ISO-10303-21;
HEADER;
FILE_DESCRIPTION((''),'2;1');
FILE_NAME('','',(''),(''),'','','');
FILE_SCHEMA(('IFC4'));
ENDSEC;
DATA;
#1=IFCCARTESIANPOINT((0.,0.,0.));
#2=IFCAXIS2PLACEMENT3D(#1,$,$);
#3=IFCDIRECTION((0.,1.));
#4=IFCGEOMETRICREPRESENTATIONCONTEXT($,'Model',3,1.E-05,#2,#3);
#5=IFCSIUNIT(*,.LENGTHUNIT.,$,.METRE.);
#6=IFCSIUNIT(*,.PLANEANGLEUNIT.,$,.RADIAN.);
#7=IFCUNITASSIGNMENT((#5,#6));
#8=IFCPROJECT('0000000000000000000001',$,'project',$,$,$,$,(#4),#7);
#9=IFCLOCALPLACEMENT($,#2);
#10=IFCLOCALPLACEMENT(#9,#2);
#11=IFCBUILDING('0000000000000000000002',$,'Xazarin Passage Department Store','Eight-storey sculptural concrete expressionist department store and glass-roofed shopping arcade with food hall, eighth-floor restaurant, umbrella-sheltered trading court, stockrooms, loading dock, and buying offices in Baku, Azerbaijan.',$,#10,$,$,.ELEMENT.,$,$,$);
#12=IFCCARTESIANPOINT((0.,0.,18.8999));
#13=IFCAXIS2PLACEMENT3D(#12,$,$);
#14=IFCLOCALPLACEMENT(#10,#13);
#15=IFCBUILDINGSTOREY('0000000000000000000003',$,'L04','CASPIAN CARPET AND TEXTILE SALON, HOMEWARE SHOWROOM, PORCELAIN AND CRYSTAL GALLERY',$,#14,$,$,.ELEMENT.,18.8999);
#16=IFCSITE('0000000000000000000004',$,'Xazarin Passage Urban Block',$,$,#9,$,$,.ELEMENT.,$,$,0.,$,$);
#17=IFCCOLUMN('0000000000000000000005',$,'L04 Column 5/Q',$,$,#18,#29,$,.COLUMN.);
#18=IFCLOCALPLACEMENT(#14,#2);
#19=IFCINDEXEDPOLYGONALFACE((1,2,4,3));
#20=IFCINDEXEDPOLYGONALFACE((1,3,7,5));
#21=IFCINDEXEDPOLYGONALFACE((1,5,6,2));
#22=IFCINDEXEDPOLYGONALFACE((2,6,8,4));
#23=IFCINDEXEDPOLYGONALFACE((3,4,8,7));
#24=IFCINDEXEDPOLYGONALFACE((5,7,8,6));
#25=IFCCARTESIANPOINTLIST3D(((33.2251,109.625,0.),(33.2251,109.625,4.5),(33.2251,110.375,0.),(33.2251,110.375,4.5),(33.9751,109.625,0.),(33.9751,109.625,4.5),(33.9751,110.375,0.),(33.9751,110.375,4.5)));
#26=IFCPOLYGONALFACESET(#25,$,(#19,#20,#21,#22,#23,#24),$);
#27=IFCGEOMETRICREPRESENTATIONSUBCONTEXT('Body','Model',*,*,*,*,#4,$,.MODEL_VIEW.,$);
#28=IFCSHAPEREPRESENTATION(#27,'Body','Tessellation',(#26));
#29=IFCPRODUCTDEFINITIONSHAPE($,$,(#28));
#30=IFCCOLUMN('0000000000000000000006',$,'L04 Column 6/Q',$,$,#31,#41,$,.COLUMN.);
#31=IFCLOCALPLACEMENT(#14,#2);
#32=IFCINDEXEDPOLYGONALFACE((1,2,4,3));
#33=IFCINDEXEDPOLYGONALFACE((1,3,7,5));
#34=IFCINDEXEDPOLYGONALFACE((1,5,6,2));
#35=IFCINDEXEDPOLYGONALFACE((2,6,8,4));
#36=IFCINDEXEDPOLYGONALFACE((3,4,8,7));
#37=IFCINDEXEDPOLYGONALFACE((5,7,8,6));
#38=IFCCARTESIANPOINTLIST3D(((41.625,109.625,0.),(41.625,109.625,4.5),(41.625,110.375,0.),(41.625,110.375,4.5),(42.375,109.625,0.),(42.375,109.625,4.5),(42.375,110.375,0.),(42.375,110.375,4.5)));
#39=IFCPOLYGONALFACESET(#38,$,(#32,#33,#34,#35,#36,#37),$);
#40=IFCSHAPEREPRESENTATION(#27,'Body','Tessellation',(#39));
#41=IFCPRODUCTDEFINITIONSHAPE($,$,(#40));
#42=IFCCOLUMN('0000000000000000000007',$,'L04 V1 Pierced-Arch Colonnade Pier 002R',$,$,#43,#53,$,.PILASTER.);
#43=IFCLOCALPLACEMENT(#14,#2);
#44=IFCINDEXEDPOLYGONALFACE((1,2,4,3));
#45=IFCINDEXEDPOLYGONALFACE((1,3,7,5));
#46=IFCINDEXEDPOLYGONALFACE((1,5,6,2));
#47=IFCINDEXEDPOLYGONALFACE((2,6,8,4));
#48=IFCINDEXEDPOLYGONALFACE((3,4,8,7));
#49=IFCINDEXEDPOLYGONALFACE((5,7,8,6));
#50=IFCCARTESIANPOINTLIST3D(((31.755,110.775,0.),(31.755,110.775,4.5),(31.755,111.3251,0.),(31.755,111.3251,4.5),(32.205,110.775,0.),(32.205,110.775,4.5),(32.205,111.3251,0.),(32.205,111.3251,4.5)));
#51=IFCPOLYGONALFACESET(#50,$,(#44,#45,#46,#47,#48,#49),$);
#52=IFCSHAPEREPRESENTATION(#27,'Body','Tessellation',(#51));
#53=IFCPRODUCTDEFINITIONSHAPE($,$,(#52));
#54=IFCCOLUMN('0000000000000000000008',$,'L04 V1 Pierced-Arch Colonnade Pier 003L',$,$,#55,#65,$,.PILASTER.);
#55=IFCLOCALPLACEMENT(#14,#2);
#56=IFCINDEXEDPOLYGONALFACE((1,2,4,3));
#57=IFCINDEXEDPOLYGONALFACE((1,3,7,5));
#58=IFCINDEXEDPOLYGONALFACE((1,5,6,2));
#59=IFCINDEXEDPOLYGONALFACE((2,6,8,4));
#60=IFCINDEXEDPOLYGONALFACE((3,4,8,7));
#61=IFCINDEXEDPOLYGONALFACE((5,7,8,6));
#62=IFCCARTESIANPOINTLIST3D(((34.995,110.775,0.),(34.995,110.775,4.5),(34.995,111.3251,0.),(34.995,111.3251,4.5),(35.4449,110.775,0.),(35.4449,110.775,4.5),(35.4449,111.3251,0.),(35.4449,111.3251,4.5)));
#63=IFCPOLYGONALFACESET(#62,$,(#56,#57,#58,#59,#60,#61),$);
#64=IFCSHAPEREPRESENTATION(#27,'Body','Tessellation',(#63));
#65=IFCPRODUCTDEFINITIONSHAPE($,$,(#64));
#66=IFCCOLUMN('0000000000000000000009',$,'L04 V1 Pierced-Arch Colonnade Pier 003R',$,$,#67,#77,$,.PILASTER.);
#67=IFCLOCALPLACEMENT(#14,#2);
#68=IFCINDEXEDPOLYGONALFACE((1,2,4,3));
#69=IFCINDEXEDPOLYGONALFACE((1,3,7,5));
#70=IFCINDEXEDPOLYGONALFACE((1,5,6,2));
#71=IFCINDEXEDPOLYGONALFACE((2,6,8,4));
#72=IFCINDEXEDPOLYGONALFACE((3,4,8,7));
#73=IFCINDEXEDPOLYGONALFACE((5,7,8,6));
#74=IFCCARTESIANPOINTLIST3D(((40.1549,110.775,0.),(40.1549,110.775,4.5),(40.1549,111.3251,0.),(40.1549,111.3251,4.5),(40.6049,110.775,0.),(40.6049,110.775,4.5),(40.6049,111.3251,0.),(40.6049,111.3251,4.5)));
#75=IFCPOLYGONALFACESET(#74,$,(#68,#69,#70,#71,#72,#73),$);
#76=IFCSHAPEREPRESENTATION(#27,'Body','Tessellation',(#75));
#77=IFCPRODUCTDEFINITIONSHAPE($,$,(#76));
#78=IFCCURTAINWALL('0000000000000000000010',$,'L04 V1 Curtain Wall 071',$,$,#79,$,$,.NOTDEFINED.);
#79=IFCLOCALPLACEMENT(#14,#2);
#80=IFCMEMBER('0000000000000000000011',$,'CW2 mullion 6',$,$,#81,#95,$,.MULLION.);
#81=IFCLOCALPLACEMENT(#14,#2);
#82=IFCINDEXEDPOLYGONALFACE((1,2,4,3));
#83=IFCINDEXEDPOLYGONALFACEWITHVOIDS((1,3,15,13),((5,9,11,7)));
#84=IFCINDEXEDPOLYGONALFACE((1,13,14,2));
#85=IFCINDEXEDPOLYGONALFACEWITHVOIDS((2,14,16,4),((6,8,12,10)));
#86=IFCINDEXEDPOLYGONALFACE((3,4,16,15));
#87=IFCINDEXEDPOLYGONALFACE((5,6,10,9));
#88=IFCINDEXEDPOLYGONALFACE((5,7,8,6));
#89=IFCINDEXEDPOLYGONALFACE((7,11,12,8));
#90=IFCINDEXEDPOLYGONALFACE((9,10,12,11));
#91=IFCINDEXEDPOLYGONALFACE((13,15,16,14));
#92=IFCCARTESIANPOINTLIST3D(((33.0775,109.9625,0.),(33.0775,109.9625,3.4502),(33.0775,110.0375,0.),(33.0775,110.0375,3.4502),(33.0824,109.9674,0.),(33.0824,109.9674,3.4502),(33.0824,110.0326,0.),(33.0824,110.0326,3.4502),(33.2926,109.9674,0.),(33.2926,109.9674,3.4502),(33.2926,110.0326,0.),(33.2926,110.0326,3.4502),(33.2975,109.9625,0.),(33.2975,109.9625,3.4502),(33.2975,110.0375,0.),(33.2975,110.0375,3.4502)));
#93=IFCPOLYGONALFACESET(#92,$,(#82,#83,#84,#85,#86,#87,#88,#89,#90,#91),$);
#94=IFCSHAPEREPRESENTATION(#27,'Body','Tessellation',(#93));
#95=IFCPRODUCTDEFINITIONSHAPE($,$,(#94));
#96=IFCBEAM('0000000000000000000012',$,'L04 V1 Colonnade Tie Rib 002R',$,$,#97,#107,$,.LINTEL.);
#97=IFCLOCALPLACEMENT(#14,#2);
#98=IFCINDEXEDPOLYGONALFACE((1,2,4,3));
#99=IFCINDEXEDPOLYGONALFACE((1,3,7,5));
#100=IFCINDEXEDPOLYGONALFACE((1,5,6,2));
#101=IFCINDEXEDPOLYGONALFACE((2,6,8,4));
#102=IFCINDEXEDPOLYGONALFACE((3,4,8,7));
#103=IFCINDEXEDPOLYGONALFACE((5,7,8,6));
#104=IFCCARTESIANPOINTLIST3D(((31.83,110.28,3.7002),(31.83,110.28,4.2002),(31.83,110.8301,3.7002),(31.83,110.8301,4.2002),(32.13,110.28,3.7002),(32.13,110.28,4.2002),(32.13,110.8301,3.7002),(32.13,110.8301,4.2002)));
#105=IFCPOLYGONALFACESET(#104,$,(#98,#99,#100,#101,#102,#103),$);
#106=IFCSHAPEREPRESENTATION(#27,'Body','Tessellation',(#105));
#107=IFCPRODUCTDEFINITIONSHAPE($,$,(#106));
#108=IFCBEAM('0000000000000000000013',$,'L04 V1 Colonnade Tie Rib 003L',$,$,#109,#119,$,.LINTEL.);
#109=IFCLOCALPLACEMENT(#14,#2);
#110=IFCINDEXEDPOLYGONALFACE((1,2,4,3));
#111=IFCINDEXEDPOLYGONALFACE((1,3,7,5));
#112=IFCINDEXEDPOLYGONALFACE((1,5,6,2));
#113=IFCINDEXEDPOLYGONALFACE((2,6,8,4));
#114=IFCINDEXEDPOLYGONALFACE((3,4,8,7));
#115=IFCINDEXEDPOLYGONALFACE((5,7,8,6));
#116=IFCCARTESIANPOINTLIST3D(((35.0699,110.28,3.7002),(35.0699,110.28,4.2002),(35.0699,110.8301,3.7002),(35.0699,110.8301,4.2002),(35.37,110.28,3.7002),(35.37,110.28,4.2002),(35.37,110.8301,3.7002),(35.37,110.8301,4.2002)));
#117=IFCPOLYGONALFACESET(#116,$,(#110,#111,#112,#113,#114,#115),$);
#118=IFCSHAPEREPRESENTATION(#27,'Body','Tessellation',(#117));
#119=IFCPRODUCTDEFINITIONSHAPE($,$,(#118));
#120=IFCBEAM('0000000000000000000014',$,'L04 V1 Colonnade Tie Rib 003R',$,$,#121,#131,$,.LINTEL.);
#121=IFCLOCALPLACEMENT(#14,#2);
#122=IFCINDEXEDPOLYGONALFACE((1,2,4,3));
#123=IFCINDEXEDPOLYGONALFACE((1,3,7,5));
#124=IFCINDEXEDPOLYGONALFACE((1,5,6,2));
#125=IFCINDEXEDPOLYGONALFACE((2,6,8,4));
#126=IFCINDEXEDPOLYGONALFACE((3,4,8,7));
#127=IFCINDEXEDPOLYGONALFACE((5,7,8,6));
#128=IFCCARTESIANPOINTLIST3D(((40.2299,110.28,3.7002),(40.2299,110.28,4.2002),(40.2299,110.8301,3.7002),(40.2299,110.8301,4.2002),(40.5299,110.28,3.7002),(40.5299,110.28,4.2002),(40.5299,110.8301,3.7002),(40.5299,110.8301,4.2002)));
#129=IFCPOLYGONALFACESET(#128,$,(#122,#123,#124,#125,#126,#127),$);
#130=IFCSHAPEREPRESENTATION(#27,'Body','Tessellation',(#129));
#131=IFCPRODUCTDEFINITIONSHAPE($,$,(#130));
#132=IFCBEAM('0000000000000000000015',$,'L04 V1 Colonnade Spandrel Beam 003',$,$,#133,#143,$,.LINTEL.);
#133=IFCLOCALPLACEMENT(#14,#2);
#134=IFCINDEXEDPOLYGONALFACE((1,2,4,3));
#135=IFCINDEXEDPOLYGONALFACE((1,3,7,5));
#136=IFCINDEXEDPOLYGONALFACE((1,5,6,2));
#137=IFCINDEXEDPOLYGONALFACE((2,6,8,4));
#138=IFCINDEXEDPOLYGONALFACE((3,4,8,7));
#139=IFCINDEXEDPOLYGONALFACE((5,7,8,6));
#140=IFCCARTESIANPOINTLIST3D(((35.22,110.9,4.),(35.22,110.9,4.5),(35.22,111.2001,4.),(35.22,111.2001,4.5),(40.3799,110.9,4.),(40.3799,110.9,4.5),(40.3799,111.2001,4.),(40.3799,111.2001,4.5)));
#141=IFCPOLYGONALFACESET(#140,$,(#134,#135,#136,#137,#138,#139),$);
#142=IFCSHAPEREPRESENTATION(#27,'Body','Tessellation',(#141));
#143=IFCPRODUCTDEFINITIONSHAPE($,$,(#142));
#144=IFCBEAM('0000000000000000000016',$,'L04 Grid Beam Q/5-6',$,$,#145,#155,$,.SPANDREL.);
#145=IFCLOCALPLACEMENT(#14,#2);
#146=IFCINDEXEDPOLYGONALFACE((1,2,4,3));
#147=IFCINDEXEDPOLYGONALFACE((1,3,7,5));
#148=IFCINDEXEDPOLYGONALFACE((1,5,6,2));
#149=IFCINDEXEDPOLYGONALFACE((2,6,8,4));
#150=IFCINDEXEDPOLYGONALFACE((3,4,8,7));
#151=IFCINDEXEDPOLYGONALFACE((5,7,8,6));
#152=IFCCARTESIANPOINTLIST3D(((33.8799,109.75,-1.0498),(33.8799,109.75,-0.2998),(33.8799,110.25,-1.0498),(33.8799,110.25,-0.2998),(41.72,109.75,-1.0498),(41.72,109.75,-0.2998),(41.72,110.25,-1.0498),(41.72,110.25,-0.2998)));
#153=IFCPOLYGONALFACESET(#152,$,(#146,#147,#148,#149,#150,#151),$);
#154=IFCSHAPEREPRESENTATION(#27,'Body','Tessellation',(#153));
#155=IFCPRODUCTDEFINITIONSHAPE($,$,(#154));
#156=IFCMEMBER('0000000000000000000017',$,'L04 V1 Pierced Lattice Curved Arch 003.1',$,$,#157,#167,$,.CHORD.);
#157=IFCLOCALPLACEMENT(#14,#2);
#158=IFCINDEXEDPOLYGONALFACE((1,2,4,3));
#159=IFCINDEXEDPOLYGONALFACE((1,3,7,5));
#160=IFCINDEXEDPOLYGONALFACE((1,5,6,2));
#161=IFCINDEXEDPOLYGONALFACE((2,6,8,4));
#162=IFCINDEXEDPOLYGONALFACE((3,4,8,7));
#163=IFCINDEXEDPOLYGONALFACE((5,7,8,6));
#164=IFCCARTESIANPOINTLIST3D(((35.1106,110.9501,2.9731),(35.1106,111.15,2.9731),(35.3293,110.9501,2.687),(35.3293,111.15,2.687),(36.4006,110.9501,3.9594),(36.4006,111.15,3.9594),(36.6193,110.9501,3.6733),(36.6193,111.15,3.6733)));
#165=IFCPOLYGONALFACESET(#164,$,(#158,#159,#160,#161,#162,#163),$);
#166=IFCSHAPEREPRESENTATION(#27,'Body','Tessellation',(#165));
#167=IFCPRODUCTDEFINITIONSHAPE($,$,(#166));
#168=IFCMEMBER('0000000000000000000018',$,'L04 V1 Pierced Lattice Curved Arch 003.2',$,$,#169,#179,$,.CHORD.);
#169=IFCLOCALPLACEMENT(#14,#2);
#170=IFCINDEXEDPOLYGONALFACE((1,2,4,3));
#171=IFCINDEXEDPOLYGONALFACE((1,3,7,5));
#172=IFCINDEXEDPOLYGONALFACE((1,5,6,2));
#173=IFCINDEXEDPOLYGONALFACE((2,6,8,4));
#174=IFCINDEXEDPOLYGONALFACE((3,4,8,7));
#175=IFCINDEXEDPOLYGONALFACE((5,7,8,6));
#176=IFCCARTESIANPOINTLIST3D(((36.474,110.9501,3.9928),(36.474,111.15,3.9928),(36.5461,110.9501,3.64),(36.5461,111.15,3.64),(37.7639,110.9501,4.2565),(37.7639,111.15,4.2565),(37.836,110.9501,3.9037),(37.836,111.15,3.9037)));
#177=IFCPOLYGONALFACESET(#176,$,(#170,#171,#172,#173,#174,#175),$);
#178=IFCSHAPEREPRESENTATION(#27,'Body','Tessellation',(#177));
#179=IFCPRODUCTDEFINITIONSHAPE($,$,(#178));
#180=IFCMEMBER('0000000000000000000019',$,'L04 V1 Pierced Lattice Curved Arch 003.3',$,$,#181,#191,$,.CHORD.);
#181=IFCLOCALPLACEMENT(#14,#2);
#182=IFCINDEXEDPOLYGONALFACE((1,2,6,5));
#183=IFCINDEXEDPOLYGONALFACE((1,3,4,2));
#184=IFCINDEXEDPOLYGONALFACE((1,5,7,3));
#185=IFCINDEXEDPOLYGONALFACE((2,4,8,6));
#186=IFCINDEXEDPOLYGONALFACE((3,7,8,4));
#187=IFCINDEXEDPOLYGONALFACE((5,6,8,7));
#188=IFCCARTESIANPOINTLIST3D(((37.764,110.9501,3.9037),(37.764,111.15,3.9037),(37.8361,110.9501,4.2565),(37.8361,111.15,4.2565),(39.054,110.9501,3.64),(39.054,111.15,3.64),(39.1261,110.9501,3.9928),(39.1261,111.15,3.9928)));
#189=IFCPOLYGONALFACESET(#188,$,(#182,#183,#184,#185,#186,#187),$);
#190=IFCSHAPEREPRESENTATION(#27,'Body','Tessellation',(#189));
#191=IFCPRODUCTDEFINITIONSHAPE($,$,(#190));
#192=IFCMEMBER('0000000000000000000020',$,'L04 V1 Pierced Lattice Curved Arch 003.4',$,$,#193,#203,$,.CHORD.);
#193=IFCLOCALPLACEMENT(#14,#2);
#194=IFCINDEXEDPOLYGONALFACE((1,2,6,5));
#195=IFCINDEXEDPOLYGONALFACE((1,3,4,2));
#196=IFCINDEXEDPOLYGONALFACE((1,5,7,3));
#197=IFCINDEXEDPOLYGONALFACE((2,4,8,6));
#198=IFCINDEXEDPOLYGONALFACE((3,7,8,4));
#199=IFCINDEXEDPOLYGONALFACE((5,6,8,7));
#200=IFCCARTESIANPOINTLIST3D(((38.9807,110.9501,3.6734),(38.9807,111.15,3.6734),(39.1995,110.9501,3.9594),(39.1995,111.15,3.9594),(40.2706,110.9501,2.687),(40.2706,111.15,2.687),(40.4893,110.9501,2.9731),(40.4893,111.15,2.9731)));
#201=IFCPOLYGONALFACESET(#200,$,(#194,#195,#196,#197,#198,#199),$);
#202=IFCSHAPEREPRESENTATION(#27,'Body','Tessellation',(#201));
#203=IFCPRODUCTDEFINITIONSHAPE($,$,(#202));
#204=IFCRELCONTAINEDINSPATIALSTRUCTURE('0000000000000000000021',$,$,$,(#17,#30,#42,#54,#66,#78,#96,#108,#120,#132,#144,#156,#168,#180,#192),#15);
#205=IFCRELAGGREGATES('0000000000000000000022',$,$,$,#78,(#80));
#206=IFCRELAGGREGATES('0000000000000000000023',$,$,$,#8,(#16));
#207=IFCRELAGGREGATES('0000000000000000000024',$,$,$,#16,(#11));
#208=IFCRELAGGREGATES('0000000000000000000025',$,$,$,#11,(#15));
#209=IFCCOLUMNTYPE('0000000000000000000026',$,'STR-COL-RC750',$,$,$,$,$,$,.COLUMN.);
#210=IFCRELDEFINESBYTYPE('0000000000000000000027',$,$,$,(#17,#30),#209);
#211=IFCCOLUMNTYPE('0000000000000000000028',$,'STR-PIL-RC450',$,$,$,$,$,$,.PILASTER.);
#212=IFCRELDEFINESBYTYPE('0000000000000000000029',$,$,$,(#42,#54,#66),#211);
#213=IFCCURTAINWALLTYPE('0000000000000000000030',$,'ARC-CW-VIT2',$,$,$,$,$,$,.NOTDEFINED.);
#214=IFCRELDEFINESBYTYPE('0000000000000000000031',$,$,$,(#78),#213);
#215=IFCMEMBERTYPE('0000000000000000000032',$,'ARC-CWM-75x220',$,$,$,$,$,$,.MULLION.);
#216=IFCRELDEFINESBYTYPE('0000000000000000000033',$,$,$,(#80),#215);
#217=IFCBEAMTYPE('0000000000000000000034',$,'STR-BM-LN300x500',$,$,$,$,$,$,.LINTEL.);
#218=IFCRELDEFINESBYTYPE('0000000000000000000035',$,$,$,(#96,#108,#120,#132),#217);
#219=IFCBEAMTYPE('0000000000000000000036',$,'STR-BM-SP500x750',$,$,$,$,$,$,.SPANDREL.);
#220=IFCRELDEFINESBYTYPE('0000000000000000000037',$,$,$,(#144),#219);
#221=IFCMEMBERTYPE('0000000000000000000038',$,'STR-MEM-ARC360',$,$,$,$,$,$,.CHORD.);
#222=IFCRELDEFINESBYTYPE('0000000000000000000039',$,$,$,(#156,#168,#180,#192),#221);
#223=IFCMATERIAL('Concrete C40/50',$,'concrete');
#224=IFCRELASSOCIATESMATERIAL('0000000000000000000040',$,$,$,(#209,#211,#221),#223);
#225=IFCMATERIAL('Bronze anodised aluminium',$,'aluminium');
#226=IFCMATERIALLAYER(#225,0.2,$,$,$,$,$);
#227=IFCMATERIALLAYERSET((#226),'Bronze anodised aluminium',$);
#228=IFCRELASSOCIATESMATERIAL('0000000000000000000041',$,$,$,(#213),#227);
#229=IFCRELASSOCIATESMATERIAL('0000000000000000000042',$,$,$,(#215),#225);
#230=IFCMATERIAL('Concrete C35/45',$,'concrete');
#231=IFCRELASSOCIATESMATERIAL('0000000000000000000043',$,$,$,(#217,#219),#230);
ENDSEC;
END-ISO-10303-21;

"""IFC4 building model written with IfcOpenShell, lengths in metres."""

from ifc_helpers import new_model, si_unit, direction, frame, origin, origin_2d, place, context, subcontext, project, spatial, rectangle, hollow_rectangle, extrude, material, layer, layer_set, material_profile, profile_set, type_object, element, aggregate, save


model = new_model("IFC4")

# Units and contexts
model_context = context("Model", 3, precision=1e-05, world=origin(), true_north=direction((0.0, 1.0)))
body_context = subcontext(model_context, "Body", "Model", "MODEL_VIEW")
ifc_project = project(units=[si_unit("LENGTHUNIT", "METRE"), si_unit("PLANEANGLEUNIT", "RADIAN")], contexts=[model_context])

# Site, building, storey
site_placement = place(None, origin())
site = spatial("IfcSite", under=ifc_project, at=site_placement, Name="Xazarin Passage Urban Block", CompositionType="ELEMENT", RefElevation=0.0)
building_placement = place(site_placement, origin())
building = spatial("IfcBuilding", under=site, at=building_placement, Name="Xazarin Passage Department Store", Description="Eight-storey sculptural concrete expressionist department store and glass-roofed shopping arcade with food hall, eighth-floor restaurant, umbrella-sheltered trading court, stockrooms, loading dock, and buying offices in Baku, Azerbaijan.", CompositionType="ELEMENT")
storey_placement = place(building_placement, frame((0.0, 0.0, 18.8999)))
storey = spatial("IfcBuildingStorey", under=building, at=storey_placement, Name="L04", Description="CASPIAN CARPET AND TEXTILE SALON, HOMEWARE SHOWROOM, PORCELAIN AND CRYSTAL GALLERY", CompositionType="ELEMENT", Elevation=18.8999)

# Columns
ifc_material_1 = material(Name="Concrete C40/50", Category="concrete")
ifc_material_profile_1 = material_profile(ifc_material_1, rectangle(XDim=0.75, YDim=0.75, at=origin_2d()), Name="RC 750x750")
ifc_profile_set_1 = profile_set([ifc_material_profile_1], Name="Concrete C40/50")
column_type_1 = type_object("IfcColumnType", Name="STR-COL-RC750", PredefinedType="COLUMN", material=ifc_profile_set_1)
for number, where, z_axis, x_axis, name in (
    (1, (33.6001, 110.0, 0.0), (0.0, 0.0, 1.0), (1.0, 0.0, 0.0), "L04 Column 5/Q"),
    (2, (42.0, 110.0, 0.0), (0.0, 0.0, 1.0), (1.0, 0.0, 0.0), "L04 Column 6/Q"),
):
    element("IfcColumn", number, at=place(storey_placement, frame(where, z_axis=z_axis, x_axis=x_axis)), inside=storey, type_object=column_type_1, Name=name, PredefinedType="COLUMN", context=body_context, shape_type="SweptSolid", body=[
        extrude(rectangle(XDim=0.75, YDim=0.75, at=origin_2d()), origin(), (0.0, 0.0, 1.0), 4.5),
    ])
ifc_material_profile_2 = material_profile(ifc_material_1, rectangle(XDim=0.45, YDim=0.55, at=origin_2d()), Name="RC 450x550")
ifc_profile_set_2 = profile_set([ifc_material_profile_2], Name="Concrete C40/50")
column_type_2 = type_object("IfcColumnType", Name="STR-PIL-RC450", PredefinedType="PILASTER", material=ifc_profile_set_2)
for number, where, z_axis, x_axis, name in (
    (3, (31.98, 111.05, 0.0), (0.0, 0.0, 1.0), (1.0, 0.0, 0.0), "L04 V1 Pierced-Arch Colonnade Pier 002R"),
    (4, (35.22, 111.05, 0.0), (0.0, 0.0, 1.0), (1.0, 0.0, 0.0), "L04 V1 Pierced-Arch Colonnade Pier 003L"),
    (5, (40.3799, 111.05, 0.0), (0.0, 0.0, 1.0), (1.0, 0.0, 0.0), "L04 V1 Pierced-Arch Colonnade Pier 003R"),
):
    element("IfcColumn", number, at=place(storey_placement, frame(where, z_axis=z_axis, x_axis=x_axis)), inside=storey, type_object=column_type_2, Name=name, PredefinedType="PILASTER", context=body_context, shape_type="SweptSolid", body=[
        extrude(rectangle(XDim=0.45, YDim=0.55, at=origin_2d()), origin(), (0.0, 0.0, 1.0), 4.5),
    ])

# Curtain wall, member
ifc_material_2 = material(Name="Bronze anodised aluminium", Category="aluminium")
ifc_layer_1 = layer(ifc_material_2, 0.2)
ifc_layer_set_1 = layer_set([ifc_layer_1], Name="Bronze anodised aluminium")
curtain_wall_type = type_object("IfcCurtainWallType", Name="ARC-CW-VIT2", PredefinedType="NOTDEFINED", material=ifc_layer_set_1)
curtain_wall_placement = place(storey_placement, origin())
curtain_wall = element("IfcCurtainWall", 6, at=curtain_wall_placement, inside=storey, type_object=curtain_wall_type, Name="L04 V1 Curtain Wall 071", PredefinedType="NOTDEFINED")
ifc_material_profile_3 = material_profile(ifc_material_2, hollow_rectangle(XDim=0.075, YDim=0.22, WallThickness=0.0049, at=origin_2d()), Name="ALU 75x220")
ifc_profile_set_3 = profile_set([ifc_material_profile_3], Name="Bronze anodised aluminium")
member_type_1 = type_object("IfcMemberType", Name="ARC-CWM-75x220", PredefinedType="MULLION", material=ifc_profile_set_3)
member_1_placement = place(storey_placement, frame((33.1875, 110.0, 0.0), z_axis=(0.0, 0.0, 1.0), x_axis=(0.0, 1.0, 0.0)))
member_1 = element("IfcMember", 7, at=member_1_placement, type_object=member_type_1, Name="CW2 mullion 6", PredefinedType="MULLION", context=body_context, shape_type="SweptSolid", body=[
    extrude(hollow_rectangle(XDim=0.075, YDim=0.22, WallThickness=0.0049, at=origin_2d()), origin(), (0.0, 0.0, 1.0), 3.4502),
])

# Beams
ifc_material_3 = material(Name="Concrete C35/45", Category="concrete")
ifc_material_profile_4 = material_profile(ifc_material_3, rectangle(XDim=0.3, YDim=0.5, at=origin_2d()), Name="RC 300x500")
ifc_profile_set_4 = profile_set([ifc_material_profile_4], Name="Concrete C35/45")
beam_type_1 = type_object("IfcBeamType", Name="STR-BM-LN300x500", PredefinedType="LINTEL", material=ifc_profile_set_4)
for number, where, z_axis, x_axis, name in (
    (8, (31.98, 110.28, 3.9502), (0.0, 1.0, 0.0), (-1.0, 0.0, 0.0), "L04 V1 Colonnade Tie Rib 002R"),
    (9, (35.22, 110.28, 3.9502), (0.0, 1.0, 0.0), (-1.0, 0.0, 0.0), "L04 V1 Colonnade Tie Rib 003L"),
    (10, (40.3799, 110.28, 3.9502), (0.0, 1.0, 0.0), (-1.0, 0.0, 0.0), "L04 V1 Colonnade Tie Rib 003R"),
):
    element("IfcBeam", number, at=place(storey_placement, frame(where, z_axis=z_axis, x_axis=x_axis)), inside=storey, type_object=beam_type_1, Name=name, PredefinedType="LINTEL", context=body_context, shape_type="SweptSolid", body=[
        extrude(rectangle(XDim=0.3, YDim=0.5, at=origin_2d()), origin(), (0.0, 0.0, 1.0), 0.55),
    ])
beam_1_placement = place(storey_placement, frame((35.22, 111.05, 4.25), z_axis=(1.0, 0.0, 0.0), x_axis=(0.0, 1.0, 0.0)))
element("IfcBeam", 11, at=beam_1_placement, inside=storey, type_object=beam_type_1, Name="L04 V1 Colonnade Spandrel Beam 003", PredefinedType="LINTEL", context=body_context, shape_type="SweptSolid", body=[
    extrude(rectangle(XDim=0.3, YDim=0.5, at=origin_2d()), origin(), (0.0, 0.0, 1.0), 5.1599),
])
ifc_material_profile_5 = material_profile(ifc_material_3, rectangle(XDim=0.5, YDim=0.75, at=origin_2d()), Name="RC 500x750")
ifc_profile_set_5 = profile_set([ifc_material_profile_5], Name="Concrete C35/45")
beam_type_2 = type_object("IfcBeamType", Name="STR-BM-SP500x750", PredefinedType="SPANDREL", material=ifc_profile_set_5)
beam_2_placement = place(storey_placement, frame((33.8799, 110.0, -0.6748), z_axis=(1.0, 0.0, 0.0), x_axis=(0.0, 1.0, 0.0)))
element("IfcBeam", 12, at=beam_2_placement, inside=storey, type_object=beam_type_2, Name="L04 Grid Beam Q/5-6", PredefinedType="SPANDREL", context=body_context, shape_type="SweptSolid", body=[
    extrude(rectangle(XDim=0.5, YDim=0.75, at=origin_2d()), origin(), (0.0, 0.0, 1.0), 7.8401),
])

# Members
ifc_material_profile_6 = material_profile(ifc_material_1, rectangle(XDim=0.2, YDim=0.3601, at=origin_2d()), Name="RC 200x360")
ifc_profile_set_6 = profile_set([ifc_material_profile_6], Name="Concrete C40/50")
member_type_2 = type_object("IfcMemberType", Name="STR-MEM-ARC360", PredefinedType="CHORD", material=ifc_profile_set_6)
member_2_placement = place(storey_placement, frame((35.22, 111.05, 2.8301), z_axis=(0.794409, 0.0, 0.607383), x_axis=(0.0, 1.0, 0.0)))
element("IfcMember", 13, at=member_2_placement, inside=storey, type_object=member_type_2, Name="L04 V1 Pierced Lattice Curved Arch 003.1", PredefinedType="CHORD", context=body_context, shape_type="SweptSolid", body=[
    extrude(rectangle(XDim=0.2, YDim=0.3601, at=origin_2d()), origin(), (0.0, 0.0, 1.0), 1.6238),
])
for number, where, z_axis, x_axis, name in (
    (14, (36.51, 111.05, 3.8164), (0.979745, 0.0, 0.200251), (0.0, 1.0, 0.0), "L04 V1 Pierced Lattice Curved Arch 003.2"),
    (15, (37.8, 111.05, 4.0801), (0.979745, 0.0, -0.200251), (0.0, 1.0, 0.0), "L04 V1 Pierced Lattice Curved Arch 003.3"),
):
    element("IfcMember", number, at=place(storey_placement, frame(where, z_axis=z_axis, x_axis=x_axis)), inside=storey, type_object=member_type_2, Name=name, PredefinedType="CHORD", context=body_context, shape_type="SweptSolid", body=[
        extrude(rectangle(XDim=0.2, YDim=0.3601, at=origin_2d()), origin(), (0.0, 0.0, 1.0), 1.3167),
    ])
member_3_placement = place(storey_placement, frame((39.0901, 111.05, 3.8164), z_axis=(0.794354, 0.0, -0.607456), x_axis=(0.0, 1.0, 0.0)))
element("IfcMember", 16, at=member_3_placement, inside=storey, type_object=member_type_2, Name="L04 V1 Pierced Lattice Curved Arch 003.4", PredefinedType="CHORD", context=body_context, shape_type="SweptSolid", body=[
    extrude(rectangle(XDim=0.2, YDim=0.3601, at=origin_2d()), origin(), (0.0, 0.0, 1.0), 1.6238),
])

aggregate(curtain_wall, [member_1])

save(model, "model.ifc")
